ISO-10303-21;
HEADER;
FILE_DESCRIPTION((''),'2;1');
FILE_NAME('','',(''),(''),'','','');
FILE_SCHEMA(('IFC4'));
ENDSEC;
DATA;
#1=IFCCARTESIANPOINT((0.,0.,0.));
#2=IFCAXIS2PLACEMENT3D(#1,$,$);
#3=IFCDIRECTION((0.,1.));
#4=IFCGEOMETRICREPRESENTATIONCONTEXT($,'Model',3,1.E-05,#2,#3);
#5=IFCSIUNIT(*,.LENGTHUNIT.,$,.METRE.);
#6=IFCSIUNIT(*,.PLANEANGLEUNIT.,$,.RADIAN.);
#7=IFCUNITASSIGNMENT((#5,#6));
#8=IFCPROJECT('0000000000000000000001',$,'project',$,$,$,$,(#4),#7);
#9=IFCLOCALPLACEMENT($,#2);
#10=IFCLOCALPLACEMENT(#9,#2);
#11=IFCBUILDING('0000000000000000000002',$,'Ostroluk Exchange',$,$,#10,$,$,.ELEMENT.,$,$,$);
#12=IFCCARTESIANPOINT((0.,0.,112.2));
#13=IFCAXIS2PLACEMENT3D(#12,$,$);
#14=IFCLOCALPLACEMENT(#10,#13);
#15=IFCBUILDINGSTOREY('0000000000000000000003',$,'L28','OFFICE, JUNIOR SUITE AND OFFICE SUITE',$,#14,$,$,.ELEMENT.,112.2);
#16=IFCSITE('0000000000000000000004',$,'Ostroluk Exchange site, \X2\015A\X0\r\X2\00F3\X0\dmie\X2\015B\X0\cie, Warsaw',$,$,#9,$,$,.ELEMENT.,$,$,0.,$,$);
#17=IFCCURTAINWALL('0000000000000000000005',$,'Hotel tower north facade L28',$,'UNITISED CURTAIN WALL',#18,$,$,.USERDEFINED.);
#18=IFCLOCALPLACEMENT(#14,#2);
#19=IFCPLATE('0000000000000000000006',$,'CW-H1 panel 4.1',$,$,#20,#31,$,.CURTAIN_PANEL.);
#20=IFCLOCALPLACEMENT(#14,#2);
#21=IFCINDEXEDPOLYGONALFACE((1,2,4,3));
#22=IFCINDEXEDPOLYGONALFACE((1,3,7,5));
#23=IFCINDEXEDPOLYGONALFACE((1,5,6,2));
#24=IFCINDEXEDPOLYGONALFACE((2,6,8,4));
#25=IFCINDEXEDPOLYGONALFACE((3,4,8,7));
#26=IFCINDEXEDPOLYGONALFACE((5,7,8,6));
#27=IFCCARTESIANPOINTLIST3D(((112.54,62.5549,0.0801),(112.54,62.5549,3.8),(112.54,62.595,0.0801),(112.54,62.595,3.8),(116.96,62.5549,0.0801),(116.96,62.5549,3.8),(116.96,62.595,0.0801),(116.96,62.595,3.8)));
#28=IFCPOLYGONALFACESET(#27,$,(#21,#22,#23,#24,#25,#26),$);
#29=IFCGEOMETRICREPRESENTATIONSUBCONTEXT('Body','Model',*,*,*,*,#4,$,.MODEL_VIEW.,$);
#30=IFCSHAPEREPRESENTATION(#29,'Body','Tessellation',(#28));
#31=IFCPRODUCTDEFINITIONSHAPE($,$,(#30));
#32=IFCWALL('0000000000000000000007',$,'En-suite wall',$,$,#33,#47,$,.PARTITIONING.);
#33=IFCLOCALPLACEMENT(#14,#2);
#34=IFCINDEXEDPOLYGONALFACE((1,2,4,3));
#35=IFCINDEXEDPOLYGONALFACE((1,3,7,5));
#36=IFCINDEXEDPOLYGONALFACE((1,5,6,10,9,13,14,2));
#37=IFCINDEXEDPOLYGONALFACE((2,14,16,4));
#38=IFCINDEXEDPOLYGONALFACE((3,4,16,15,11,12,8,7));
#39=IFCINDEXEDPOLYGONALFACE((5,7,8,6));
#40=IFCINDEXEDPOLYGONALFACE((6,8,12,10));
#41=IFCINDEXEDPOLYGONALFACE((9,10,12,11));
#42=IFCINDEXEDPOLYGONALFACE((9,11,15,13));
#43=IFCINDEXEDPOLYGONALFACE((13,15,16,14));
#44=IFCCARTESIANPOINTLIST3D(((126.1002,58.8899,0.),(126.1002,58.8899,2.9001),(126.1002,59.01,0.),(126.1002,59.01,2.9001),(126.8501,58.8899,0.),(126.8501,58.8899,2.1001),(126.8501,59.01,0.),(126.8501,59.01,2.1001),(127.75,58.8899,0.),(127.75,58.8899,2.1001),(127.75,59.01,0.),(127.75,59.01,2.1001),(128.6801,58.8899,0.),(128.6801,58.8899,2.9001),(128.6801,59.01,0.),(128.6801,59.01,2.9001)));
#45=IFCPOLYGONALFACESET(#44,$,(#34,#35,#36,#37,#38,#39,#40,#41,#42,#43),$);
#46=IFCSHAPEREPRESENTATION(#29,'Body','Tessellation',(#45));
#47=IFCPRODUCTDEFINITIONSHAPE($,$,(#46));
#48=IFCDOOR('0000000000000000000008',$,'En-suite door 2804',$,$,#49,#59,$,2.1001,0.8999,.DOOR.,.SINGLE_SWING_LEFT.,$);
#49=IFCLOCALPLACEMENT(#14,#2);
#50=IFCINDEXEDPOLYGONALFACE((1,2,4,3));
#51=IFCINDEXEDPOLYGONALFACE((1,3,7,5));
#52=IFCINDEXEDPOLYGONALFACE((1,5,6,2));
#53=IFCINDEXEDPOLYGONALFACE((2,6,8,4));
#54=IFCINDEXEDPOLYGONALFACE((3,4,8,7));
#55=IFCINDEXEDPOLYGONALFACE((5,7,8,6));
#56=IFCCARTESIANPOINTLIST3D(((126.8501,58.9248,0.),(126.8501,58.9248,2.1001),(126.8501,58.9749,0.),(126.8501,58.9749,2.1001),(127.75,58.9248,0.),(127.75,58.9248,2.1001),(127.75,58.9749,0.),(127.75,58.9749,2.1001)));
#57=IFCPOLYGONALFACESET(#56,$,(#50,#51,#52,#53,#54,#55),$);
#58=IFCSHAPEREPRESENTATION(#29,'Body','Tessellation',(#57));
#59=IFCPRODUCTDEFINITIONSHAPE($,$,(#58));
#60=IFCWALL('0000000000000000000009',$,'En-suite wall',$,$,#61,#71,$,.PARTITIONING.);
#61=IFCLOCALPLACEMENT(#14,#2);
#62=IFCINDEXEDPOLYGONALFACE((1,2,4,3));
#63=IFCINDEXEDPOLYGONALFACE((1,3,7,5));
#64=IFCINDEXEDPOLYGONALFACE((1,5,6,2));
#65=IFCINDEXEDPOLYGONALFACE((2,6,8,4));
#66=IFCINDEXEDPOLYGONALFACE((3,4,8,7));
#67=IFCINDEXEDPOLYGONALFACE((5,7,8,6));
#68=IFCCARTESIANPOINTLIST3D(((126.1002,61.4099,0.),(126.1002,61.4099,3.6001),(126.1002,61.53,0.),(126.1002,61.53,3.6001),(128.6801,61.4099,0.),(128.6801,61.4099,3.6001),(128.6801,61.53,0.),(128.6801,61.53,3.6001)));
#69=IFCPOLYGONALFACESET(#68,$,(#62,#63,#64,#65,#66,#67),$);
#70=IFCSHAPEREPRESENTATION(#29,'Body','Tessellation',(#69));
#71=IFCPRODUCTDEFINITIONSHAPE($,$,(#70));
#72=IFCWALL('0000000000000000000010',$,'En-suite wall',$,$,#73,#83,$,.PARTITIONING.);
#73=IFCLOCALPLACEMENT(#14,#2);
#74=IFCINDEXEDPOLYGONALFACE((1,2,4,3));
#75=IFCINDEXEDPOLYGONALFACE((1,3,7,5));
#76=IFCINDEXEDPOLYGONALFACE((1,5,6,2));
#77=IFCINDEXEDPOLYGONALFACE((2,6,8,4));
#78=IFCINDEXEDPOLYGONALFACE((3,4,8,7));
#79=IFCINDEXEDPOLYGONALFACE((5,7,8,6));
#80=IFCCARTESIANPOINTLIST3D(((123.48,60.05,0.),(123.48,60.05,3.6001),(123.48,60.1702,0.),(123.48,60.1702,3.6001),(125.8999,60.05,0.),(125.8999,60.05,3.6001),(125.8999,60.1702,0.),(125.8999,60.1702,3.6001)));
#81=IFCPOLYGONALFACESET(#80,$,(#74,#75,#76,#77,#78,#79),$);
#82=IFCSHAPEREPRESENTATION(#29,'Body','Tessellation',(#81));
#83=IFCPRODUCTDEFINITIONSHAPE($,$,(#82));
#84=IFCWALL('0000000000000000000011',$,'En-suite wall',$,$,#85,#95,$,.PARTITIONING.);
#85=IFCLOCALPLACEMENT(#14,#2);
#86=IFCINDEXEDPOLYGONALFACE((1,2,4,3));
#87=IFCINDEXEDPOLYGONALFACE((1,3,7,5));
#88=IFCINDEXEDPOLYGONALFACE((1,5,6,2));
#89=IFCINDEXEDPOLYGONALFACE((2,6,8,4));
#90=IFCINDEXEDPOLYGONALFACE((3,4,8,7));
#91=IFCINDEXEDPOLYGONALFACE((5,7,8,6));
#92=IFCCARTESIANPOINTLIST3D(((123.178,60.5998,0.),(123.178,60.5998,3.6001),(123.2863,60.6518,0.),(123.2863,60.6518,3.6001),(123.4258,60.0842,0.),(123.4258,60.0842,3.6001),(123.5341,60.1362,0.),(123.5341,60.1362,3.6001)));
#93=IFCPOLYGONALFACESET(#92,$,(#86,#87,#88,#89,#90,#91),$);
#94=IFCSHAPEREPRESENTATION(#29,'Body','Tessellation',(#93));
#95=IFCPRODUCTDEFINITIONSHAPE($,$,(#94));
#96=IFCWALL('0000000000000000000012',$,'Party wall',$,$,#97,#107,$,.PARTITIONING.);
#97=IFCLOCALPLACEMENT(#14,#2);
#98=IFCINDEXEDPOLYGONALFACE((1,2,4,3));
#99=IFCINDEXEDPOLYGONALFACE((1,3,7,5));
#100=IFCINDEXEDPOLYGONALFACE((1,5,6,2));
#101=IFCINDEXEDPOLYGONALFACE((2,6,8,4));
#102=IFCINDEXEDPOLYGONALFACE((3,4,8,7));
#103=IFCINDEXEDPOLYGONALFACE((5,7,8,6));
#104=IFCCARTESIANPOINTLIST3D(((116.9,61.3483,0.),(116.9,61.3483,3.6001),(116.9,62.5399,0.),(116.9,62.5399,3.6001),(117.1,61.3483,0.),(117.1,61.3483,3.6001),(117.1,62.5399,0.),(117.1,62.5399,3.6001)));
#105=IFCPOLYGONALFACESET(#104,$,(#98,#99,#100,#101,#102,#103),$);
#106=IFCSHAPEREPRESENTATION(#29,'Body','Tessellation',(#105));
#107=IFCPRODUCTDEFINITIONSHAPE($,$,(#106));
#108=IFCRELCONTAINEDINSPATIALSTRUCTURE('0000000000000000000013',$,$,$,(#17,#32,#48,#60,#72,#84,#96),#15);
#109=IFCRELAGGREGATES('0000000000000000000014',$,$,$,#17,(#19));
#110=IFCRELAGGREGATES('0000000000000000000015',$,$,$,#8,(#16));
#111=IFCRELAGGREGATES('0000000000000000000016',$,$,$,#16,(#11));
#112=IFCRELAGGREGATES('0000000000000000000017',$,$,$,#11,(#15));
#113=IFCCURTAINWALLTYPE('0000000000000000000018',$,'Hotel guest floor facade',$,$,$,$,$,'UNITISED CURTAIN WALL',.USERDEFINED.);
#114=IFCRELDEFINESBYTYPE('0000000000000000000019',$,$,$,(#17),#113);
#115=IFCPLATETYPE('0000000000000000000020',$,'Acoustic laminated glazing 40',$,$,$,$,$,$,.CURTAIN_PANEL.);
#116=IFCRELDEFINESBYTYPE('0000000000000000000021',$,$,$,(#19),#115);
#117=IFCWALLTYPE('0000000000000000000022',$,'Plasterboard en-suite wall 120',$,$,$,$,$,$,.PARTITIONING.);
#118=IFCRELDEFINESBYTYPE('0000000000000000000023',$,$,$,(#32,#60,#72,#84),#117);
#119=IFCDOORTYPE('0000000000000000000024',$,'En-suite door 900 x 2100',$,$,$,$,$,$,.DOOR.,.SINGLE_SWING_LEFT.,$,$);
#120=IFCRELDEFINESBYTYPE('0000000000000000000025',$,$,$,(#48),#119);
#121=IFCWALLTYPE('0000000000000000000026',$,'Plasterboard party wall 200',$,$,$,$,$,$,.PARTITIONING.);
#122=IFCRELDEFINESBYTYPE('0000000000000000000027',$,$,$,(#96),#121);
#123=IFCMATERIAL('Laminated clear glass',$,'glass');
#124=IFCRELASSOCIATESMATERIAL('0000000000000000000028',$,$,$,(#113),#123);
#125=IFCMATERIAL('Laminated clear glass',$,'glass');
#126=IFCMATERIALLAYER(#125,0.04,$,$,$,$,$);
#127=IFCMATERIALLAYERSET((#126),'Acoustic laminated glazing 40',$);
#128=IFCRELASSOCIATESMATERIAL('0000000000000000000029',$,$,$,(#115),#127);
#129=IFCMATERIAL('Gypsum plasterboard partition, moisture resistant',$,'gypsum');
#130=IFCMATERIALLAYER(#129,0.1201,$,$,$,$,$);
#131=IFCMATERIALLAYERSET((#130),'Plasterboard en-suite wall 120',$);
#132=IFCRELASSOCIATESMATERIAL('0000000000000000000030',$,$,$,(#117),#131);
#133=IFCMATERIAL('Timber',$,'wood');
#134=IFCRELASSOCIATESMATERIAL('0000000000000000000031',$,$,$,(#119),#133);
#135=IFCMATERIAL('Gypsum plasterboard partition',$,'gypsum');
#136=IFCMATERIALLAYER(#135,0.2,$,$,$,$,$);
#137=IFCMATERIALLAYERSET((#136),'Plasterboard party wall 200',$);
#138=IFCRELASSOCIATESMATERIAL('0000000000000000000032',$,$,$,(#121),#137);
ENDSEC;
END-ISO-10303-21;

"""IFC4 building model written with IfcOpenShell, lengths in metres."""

from ifc_helpers import new_model, si_unit, direction, frame, frame_2d, origin, origin_2d, place, context, subcontext, project, spatial, rectangle, extrude, material, layer, layer_set, type_object, element, fill, aggregate, save


model = new_model("IFC4")

# Units and contexts
model_context = context("Model", 3, precision=1e-05, world=origin(), true_north=direction((0.0, 1.0)))
body_context = subcontext(model_context, "Body", "Model", "MODEL_VIEW")
ifc_project = project(units=[si_unit("LENGTHUNIT", "METRE"), si_unit("PLANEANGLEUNIT", "RADIAN")], contexts=[model_context])

# Site, building, storey
site_placement = place(None, origin())
site = spatial("IfcSite", under=ifc_project, at=site_placement, Name="Ostroluk Exchange site, Śródmieście, Warsaw", CompositionType="ELEMENT", RefElevation=0.0)
building_placement = place(site_placement, origin())
building = spatial("IfcBuilding", under=site, at=building_placement, Name="Ostroluk Exchange", CompositionType="ELEMENT")
storey_placement = place(building_placement, frame((0.0, 0.0, 112.2)))
storey = spatial("IfcBuildingStorey", under=building, at=storey_placement, Name="L28", Description="OFFICE, JUNIOR SUITE AND OFFICE SUITE", CompositionType="ELEMENT", Elevation=112.2)

# Curtain wall, plate
ifc_material_1 = material(Name="Laminated clear glass", Category="glass")
curtain_wall_type = type_object("IfcCurtainWallType", Name="Hotel guest floor facade", ElementType="UNITISED CURTAIN WALL", PredefinedType="USERDEFINED", material=ifc_material_1)
curtain_wall_placement = place(storey_placement, origin())
curtain_wall = element("IfcCurtainWall", 1, at=curtain_wall_placement, inside=storey, type_object=curtain_wall_type, Name="Hotel tower north facade L28", ObjectType="UNITISED CURTAIN WALL", PredefinedType="USERDEFINED")
ifc_material_2 = material(Name="Laminated clear glass", Category="glass")
ifc_layer_1 = layer(ifc_material_2, 0.04)
ifc_layer_set_1 = layer_set([ifc_layer_1], Name="Acoustic laminated glazing 40")
plate_type = type_object("IfcPlateType", Name="Acoustic laminated glazing 40", PredefinedType="CURTAIN_PANEL", material=ifc_layer_set_1)
plate_1_placement = place(storey_placement, frame((114.75, 62.575, 0.0801), z_axis=(0.0, 0.0, 1.0), x_axis=(-1.0, 0.0, 0.0)))
plate_1 = element("IfcPlate", 2, at=plate_1_placement, type_object=plate_type, Name="CW-H1 panel 4.1", PredefinedType="CURTAIN_PANEL", context=body_context, shape_type="SweptSolid", body=[
    extrude(rectangle(XDim=4.4199, YDim=0.04, at=origin_2d()), origin(), (0.0, 0.0, 1.0), 3.72),
])
aggregate(curtain_wall, [plate_1])

# Wall, opening, door
ifc_material_3 = material(Name="Gypsum plasterboard partition, moisture resistant", Category="gypsum")
ifc_layer_2 = layer(ifc_material_3, 0.1201)
ifc_layer_set_2 = layer_set([ifc_layer_2], Name="Plasterboard en-suite wall 120")
wall_type_1 = type_object("IfcWallType", Name="Plasterboard en-suite wall 120", PredefinedType="PARTITIONING", material=ifc_layer_set_2)
wall_1_placement = place(storey_placement, frame((126.1001, 58.95, 0.0), z_axis=(0.0, 0.0, 1.0), x_axis=(1.0, 0.0, 0.0)))
wall_1 = element("IfcWall", 3, at=wall_1_placement, inside=storey, type_object=wall_type_1, Name="En-suite wall", PredefinedType="PARTITIONING", context=body_context, shape_type="SweptSolid", body=[
    extrude(rectangle(XDim=2.5798, YDim=0.1201, at=frame_2d((1.29, 0.0))), origin(), (0.0, 0.0, 1.0), 2.9001),
])
opening_placement = place(wall_1_placement, frame((0.75, 0.0, 0.0)))
opening = element("IfcOpeningElement", 4, at=opening_placement, cuts=wall_1, PredefinedType="OPENING", context=body_context, shape_type="SweptSolid", body=[
    extrude(rectangle(XDim=0.8999, YDim=2.1001, at=frame_2d((0.45, 1.05))), frame((0.0, 0.0701, 0.0), z_axis=(0.0, -1.0, 0.0), x_axis=(1.0, 0.0, 0.0)), (0.0, 0.0, 1.0), 0.1401),
])
ifc_material_4 = material(Name="Timber", Category="wood")
door_type = type_object("IfcDoorType", Name="En-suite door 900 x 2100", OperationType="SINGLE_SWING_LEFT", PredefinedType="DOOR", material=ifc_material_4)
door_placement = place(opening_placement, origin())
door = element("IfcDoor", 5, at=door_placement, inside=storey, type_object=door_type, Name="En-suite door 2804", OperationType="SINGLE_SWING_LEFT", OverallHeight=2.1001, OverallWidth=0.8999, PredefinedType="DOOR", context=body_context, shape_type="SweptSolid", body=[
    extrude(rectangle(XDim=0.8999, YDim=2.1001, at=frame_2d((0.45, 1.05))), frame((0.0, 0.0249, 0.0), z_axis=(0.0, -1.0, 0.0), x_axis=(1.0, 0.0, 0.0)), (0.0, 0.0, 1.0), 0.05),
])
fill(opening, door)

# Walls
wall_2_placement = place(storey_placement, frame((126.1001, 61.47, 0.0), z_axis=(0.0, 0.0, 1.0), x_axis=(1.0, 0.0, 0.0)))
element("IfcWall", 6, at=wall_2_placement, inside=storey, type_object=wall_type_1, Name="En-suite wall", PredefinedType="PARTITIONING", context=body_context, shape_type="SweptSolid", body=[
    extrude(rectangle(XDim=2.5798, YDim=0.1201, at=frame_2d((1.29, 0.0))), origin(), (0.0, 0.0, 1.0), 3.6001),
])
wall_3_placement = place(storey_placement, frame((125.8999, 60.1101, 0.0), z_axis=(0.0, 0.0, 1.0), x_axis=(-1.0, 0.0, 0.0)))
element("IfcWall", 7, at=wall_3_placement, inside=storey, type_object=wall_type_1, Name="En-suite wall", PredefinedType="PARTITIONING", context=body_context, shape_type="SweptSolid", body=[
    extrude(rectangle(XDim=2.4199, YDim=0.1201, at=frame_2d((1.21, 0.0))), origin(), (0.0, 0.0, 1.0), 3.6001),
])
wall_4_placement = place(storey_placement, frame((123.48, 60.1101, 0.0), z_axis=(0.0, 0.0, 1.0), x_axis=(-0.433161, 0.901317, 0.0)))
element("IfcWall", 8, at=wall_4_placement, inside=storey, type_object=wall_type_1, Name="En-suite wall", PredefinedType="PARTITIONING", context=body_context, shape_type="SweptSolid", body=[
    extrude(rectangle(XDim=0.572, YDim=0.1201, at=frame_2d((0.2861, 0.0))), origin(), (0.0, 0.0, 1.0), 3.6001),
])
ifc_material_5 = material(Name="Gypsum plasterboard partition", Category="gypsum")
ifc_layer_3 = layer(ifc_material_5, 0.2)
ifc_layer_set_3 = layer_set([ifc_layer_3], Name="Plasterboard party wall 200")
wall_type_2 = type_object("IfcWallType", Name="Plasterboard party wall 200", PredefinedType="PARTITIONING", material=ifc_layer_set_3)
wall_5_placement = place(storey_placement, frame((117.0, 61.3484, 0.0), z_axis=(0.0, 0.0, 1.0), x_axis=(0.0, 1.0, 0.0)))
element("IfcWall", 9, at=wall_5_placement, inside=storey, type_object=wall_type_2, Name="Party wall", PredefinedType="PARTITIONING", context=body_context, shape_type="SweptSolid", body=[
    extrude(rectangle(XDim=1.1917, YDim=0.2, at=frame_2d((0.5957, 0.0))), origin(), (0.0, 0.0, 1.0), 3.6001),
])

save(model, "model.ifc")
